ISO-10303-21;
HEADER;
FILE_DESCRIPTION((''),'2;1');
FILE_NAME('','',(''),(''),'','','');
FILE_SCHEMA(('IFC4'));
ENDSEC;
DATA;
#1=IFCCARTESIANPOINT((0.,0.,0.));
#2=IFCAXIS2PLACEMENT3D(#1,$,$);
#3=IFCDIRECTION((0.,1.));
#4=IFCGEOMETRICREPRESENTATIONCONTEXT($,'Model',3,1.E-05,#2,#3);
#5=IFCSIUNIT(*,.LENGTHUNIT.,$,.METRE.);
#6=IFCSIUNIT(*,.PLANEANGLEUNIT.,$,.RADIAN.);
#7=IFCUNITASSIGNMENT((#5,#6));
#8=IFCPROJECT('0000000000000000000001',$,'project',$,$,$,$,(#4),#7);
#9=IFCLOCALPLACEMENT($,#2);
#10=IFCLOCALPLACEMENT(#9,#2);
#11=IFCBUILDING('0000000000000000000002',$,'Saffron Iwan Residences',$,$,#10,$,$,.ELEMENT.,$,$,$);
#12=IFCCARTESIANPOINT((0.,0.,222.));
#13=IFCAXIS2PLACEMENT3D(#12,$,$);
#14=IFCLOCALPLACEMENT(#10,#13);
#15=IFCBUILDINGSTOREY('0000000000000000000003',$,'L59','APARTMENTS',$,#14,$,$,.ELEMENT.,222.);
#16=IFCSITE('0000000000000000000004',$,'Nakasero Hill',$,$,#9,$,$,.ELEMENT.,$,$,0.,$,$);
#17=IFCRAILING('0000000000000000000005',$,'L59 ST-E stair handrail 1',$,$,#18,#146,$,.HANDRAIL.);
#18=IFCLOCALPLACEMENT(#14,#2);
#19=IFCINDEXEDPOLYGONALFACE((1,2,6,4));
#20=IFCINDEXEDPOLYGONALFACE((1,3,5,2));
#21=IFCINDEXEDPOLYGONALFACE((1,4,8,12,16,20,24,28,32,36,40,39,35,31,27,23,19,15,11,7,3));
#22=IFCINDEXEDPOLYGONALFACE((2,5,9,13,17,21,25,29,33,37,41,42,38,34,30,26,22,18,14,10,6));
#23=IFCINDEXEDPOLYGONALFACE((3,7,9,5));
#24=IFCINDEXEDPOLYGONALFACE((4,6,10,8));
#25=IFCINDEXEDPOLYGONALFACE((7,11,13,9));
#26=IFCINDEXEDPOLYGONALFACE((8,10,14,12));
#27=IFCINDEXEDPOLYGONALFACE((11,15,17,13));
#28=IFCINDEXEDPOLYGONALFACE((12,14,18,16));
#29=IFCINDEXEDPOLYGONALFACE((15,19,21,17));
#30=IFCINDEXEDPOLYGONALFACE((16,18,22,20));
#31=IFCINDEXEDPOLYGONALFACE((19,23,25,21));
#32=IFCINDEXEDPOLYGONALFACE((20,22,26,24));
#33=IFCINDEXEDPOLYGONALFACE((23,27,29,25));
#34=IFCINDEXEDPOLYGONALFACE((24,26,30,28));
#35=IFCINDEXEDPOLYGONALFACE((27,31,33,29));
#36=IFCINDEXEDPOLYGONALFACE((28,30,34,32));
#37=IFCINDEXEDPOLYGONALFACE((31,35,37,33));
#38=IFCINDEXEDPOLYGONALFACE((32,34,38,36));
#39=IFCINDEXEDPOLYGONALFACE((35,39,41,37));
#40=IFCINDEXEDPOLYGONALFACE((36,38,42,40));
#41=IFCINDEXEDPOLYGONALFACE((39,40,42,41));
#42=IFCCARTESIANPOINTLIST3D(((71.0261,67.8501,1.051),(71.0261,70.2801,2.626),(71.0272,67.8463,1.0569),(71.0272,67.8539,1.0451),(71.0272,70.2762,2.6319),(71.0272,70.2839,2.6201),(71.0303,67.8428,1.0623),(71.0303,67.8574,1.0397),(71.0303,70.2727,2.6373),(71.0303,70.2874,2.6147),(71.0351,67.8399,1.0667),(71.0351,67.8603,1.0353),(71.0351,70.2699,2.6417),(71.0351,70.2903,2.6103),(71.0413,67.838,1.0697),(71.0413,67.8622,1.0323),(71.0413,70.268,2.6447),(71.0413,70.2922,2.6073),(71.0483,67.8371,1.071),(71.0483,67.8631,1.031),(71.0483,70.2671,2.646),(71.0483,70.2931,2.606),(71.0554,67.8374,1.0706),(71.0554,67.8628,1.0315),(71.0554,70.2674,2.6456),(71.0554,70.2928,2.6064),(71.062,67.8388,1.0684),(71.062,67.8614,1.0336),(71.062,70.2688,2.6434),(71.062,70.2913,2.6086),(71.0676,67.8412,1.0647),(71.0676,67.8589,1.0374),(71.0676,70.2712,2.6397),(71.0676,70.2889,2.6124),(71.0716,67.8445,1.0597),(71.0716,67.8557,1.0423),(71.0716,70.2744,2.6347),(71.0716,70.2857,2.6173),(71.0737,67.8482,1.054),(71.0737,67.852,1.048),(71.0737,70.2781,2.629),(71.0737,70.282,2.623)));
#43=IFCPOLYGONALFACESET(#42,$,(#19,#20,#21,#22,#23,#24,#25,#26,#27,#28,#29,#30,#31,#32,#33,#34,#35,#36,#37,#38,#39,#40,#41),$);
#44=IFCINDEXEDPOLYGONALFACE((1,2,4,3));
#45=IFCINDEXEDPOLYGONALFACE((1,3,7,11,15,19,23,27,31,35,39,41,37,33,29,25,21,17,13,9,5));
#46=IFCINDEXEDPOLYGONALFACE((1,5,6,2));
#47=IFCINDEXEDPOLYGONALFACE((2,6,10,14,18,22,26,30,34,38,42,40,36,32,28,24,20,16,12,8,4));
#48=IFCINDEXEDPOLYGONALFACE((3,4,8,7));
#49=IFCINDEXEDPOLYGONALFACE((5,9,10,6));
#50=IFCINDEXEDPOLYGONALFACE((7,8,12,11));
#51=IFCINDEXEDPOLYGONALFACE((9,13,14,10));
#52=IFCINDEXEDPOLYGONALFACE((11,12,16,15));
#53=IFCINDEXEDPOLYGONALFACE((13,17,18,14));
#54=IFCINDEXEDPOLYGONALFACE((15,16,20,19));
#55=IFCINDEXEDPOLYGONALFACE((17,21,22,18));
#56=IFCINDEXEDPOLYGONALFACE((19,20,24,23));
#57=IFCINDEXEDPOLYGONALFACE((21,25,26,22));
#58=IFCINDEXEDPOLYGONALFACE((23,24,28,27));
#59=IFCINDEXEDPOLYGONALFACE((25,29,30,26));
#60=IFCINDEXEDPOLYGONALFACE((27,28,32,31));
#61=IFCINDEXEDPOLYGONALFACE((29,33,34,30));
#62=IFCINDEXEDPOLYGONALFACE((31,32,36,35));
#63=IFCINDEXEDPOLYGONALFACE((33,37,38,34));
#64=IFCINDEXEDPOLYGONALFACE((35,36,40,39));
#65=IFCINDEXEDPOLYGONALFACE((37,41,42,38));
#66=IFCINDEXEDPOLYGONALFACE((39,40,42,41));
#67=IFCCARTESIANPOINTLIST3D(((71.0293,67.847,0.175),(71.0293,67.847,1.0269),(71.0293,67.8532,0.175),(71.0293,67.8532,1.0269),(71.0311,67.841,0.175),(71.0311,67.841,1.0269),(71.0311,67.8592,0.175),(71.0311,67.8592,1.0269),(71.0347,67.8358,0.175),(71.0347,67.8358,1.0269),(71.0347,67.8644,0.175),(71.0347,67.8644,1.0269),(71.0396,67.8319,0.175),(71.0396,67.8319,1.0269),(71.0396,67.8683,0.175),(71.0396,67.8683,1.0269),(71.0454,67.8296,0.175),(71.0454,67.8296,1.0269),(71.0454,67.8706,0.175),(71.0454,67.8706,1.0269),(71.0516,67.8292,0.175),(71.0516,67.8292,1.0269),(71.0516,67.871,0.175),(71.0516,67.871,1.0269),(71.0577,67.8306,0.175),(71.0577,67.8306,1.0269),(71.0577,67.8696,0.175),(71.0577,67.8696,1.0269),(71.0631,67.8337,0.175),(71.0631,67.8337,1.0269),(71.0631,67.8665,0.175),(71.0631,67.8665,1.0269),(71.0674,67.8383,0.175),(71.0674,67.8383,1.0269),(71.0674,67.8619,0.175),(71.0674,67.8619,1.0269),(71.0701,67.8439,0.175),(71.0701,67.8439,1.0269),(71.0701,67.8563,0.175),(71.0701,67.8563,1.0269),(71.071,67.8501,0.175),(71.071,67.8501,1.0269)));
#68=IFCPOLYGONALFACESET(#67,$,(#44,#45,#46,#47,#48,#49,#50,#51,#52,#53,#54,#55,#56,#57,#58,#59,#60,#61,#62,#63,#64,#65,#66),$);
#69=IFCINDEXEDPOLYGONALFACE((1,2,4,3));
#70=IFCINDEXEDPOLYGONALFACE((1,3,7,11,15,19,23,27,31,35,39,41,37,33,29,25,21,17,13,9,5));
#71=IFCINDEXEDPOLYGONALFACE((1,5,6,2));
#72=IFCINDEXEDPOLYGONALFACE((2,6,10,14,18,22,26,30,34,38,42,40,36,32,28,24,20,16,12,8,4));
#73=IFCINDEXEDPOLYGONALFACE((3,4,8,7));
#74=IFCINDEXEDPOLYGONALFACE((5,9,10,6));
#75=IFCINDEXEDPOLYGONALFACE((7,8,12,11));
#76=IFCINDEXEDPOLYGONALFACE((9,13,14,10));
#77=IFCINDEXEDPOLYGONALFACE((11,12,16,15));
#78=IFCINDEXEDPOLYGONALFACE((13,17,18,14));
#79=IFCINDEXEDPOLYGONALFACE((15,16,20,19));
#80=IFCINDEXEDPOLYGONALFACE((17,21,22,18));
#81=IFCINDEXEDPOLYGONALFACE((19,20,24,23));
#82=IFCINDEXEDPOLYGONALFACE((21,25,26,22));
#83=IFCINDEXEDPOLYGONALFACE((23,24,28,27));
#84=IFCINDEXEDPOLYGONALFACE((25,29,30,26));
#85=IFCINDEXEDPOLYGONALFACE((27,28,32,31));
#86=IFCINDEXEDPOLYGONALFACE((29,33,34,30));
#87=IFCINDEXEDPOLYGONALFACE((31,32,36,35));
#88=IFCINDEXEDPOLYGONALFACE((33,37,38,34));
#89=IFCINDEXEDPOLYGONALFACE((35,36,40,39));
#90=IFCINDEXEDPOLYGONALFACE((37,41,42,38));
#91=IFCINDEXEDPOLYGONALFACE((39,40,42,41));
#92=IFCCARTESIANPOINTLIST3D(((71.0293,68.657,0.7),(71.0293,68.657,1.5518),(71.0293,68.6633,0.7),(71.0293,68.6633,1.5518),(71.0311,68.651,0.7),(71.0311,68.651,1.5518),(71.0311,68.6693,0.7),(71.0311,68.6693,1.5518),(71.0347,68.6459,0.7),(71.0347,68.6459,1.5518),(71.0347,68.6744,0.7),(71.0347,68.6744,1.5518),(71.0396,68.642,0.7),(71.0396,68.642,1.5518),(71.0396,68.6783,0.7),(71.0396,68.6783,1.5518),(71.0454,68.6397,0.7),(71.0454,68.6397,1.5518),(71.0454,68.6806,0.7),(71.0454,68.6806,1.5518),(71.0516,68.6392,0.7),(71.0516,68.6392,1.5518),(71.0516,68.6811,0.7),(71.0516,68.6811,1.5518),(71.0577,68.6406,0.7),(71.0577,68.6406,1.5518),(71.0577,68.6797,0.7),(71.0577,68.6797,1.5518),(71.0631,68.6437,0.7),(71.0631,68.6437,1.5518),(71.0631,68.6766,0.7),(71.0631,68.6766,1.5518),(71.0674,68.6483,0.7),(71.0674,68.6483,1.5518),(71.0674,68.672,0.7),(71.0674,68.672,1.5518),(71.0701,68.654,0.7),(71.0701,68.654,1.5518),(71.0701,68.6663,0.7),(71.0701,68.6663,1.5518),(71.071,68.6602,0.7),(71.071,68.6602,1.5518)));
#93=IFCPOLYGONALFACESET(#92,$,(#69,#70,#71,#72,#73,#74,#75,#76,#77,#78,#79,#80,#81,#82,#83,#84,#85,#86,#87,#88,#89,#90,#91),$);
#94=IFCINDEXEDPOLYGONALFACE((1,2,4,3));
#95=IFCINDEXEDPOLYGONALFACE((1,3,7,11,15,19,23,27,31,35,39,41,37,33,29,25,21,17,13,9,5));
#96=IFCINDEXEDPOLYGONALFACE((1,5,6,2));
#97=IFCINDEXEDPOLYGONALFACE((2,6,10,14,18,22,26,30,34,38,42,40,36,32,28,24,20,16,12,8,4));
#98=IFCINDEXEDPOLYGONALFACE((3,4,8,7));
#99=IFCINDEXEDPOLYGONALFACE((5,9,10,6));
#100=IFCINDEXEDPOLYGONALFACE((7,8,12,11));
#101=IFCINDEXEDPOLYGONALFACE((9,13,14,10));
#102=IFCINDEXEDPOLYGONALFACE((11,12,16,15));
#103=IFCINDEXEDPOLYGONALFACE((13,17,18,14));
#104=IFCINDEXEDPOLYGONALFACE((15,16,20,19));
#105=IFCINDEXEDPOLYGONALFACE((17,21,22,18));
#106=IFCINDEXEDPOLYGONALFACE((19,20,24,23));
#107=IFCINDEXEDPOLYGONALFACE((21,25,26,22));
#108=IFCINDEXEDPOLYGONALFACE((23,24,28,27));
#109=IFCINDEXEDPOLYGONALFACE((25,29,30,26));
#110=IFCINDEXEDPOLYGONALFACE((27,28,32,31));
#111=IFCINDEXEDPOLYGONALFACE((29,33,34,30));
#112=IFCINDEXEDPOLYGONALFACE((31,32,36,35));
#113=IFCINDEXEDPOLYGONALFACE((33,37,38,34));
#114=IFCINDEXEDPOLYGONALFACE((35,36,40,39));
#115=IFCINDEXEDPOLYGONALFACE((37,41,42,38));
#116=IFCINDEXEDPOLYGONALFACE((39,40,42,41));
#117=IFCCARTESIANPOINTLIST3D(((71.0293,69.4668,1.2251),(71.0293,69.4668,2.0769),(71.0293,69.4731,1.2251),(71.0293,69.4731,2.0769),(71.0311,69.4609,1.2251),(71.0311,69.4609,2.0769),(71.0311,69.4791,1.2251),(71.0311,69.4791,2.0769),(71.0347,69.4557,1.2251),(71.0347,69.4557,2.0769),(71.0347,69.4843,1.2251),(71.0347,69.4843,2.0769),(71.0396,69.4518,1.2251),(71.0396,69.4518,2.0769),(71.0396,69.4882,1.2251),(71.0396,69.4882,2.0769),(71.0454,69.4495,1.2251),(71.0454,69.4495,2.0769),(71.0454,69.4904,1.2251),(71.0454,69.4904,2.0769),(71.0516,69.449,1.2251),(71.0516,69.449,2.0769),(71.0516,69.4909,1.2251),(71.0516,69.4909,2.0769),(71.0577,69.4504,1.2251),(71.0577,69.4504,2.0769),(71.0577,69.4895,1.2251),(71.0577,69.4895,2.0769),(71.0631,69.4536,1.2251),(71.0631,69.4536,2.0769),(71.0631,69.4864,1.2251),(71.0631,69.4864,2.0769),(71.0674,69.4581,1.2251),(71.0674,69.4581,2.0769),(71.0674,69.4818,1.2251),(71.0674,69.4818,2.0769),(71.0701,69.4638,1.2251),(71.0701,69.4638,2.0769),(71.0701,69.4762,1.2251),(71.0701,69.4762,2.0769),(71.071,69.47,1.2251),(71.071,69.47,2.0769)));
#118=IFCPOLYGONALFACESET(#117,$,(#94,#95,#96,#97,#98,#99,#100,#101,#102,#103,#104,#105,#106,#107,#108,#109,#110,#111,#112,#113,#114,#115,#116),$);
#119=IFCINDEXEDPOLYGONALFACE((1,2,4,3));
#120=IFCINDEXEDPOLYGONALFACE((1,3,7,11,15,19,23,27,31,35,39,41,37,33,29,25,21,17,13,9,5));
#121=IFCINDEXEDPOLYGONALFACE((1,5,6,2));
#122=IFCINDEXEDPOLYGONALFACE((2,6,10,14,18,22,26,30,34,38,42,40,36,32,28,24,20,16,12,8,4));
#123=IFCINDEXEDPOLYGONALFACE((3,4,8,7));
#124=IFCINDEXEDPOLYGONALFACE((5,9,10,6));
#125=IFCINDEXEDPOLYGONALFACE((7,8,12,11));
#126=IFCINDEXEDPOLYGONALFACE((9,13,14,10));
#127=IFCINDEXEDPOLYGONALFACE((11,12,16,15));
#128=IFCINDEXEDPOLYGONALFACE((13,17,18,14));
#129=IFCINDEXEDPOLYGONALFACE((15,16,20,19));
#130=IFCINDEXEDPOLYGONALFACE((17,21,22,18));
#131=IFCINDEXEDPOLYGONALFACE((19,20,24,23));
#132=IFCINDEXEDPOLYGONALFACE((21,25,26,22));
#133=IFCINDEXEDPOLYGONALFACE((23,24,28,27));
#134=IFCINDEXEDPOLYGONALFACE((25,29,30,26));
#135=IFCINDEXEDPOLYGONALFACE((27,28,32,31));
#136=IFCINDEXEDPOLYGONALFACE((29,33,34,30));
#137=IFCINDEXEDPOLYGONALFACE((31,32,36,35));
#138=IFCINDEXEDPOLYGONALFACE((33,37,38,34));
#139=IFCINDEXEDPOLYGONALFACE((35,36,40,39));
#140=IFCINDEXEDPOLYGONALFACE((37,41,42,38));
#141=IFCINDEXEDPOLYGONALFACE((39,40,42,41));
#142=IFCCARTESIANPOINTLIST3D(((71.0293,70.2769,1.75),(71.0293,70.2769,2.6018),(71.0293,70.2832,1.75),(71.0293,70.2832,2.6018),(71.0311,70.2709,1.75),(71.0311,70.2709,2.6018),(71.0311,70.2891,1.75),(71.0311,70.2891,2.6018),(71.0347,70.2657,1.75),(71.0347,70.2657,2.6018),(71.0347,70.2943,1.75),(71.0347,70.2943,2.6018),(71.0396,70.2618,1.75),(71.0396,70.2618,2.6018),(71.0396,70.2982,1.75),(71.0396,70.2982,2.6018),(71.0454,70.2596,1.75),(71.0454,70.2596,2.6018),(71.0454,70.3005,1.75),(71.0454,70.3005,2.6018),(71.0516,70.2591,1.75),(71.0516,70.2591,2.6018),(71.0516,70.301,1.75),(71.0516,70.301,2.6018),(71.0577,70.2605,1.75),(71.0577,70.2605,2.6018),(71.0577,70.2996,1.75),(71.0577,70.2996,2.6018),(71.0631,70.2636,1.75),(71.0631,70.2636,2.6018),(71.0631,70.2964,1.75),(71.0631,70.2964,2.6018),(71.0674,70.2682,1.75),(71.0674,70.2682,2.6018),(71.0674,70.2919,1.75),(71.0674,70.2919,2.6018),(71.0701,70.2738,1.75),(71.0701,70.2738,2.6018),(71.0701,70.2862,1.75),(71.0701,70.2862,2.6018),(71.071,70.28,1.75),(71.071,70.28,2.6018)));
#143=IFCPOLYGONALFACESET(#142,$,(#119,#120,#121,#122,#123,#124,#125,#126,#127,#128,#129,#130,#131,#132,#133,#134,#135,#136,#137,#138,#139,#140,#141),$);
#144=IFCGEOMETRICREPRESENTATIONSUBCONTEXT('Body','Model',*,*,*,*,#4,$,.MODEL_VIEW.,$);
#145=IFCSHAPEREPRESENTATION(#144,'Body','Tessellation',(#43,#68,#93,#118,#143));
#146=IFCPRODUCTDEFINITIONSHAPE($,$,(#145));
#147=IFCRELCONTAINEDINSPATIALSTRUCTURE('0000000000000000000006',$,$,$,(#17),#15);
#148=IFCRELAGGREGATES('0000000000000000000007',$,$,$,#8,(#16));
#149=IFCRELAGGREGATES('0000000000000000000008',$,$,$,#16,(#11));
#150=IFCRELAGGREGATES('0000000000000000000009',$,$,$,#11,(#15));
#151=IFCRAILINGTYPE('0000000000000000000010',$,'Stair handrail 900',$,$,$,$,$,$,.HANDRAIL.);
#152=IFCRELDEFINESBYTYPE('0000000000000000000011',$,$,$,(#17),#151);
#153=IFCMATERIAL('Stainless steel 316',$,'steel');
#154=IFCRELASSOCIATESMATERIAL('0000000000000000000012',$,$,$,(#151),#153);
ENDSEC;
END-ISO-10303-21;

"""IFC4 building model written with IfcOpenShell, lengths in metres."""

from ifc_helpers import new_model, si_unit, direction, frame, origin, origin_2d, place, context, subcontext, project, spatial, circle, extrude, material, type_object, element, save


model = new_model("IFC4")

# Units and contexts
model_context = context("Model", 3, precision=1e-05, world=origin(), true_north=direction((0.0, 1.0)))
body_context = subcontext(model_context, "Body", "Model", "MODEL_VIEW")
ifc_project = project(units=[si_unit("LENGTHUNIT", "METRE"), si_unit("PLANEANGLEUNIT", "RADIAN")], contexts=[model_context])

# Site, building, storey
site_placement = place(None, origin())
site = spatial("IfcSite", under=ifc_project, at=site_placement, Name="Nakasero Hill", CompositionType="ELEMENT", RefElevation=0.0)
building_placement = place(site_placement, origin())
building = spatial("IfcBuilding", under=site, at=building_placement, Name="Saffron Iwan Residences", CompositionType="ELEMENT")
storey_placement = place(building_placement, frame((0.0, 0.0, 222.0)))
storey = spatial("IfcBuildingStorey", under=building, at=storey_placement, Name="L59", Description="APARTMENTS", CompositionType="ELEMENT", Elevation=222.0)

# Railing
ifc_material_1 = material(Name="Stainless steel 316", Category="steel")
railing_type_1 = type_object("IfcRailingType", Name="Stair handrail 900", PredefinedType="HANDRAIL", material=ifc_material_1)
railing_1_placement = place(storey_placement, frame((71.05, 67.8501, 0.175)))
element("IfcRailing", 1, at=railing_1_placement, inside=storey, type_object=railing_type_1, Name="L59 ST-E stair handrail 1", PredefinedType="HANDRAIL", context=body_context, shape_type="SweptSolid", body=[
    extrude(circle(Radius=0.0239, at=origin_2d()), frame((0.0, 0.0, 0.876), z_axis=(0.0, 0.839154, 0.543894), x_axis=(-1.0, 0.0, 0.0)), (0.0, 0.0, 1.0), 2.8958),
    extrude(circle(Radius=0.021, at=origin_2d()), origin(), (0.0, 0.0, 1.0), 0.8518),
    extrude(circle(Radius=0.021, at=origin_2d()), frame((0.0, 0.8101, 0.5249)), (0.0, 0.0, 1.0), 0.8518),
    extrude(circle(Radius=0.021, at=origin_2d()), frame((0.0, 1.6199, 1.05)), (0.0, 0.0, 1.0), 0.8518),
    extrude(circle(Radius=0.021, at=origin_2d()), frame((0.0, 2.4299, 1.575)), (0.0, 0.0, 1.0), 0.8518),
])

save(model, "model.ifc")
